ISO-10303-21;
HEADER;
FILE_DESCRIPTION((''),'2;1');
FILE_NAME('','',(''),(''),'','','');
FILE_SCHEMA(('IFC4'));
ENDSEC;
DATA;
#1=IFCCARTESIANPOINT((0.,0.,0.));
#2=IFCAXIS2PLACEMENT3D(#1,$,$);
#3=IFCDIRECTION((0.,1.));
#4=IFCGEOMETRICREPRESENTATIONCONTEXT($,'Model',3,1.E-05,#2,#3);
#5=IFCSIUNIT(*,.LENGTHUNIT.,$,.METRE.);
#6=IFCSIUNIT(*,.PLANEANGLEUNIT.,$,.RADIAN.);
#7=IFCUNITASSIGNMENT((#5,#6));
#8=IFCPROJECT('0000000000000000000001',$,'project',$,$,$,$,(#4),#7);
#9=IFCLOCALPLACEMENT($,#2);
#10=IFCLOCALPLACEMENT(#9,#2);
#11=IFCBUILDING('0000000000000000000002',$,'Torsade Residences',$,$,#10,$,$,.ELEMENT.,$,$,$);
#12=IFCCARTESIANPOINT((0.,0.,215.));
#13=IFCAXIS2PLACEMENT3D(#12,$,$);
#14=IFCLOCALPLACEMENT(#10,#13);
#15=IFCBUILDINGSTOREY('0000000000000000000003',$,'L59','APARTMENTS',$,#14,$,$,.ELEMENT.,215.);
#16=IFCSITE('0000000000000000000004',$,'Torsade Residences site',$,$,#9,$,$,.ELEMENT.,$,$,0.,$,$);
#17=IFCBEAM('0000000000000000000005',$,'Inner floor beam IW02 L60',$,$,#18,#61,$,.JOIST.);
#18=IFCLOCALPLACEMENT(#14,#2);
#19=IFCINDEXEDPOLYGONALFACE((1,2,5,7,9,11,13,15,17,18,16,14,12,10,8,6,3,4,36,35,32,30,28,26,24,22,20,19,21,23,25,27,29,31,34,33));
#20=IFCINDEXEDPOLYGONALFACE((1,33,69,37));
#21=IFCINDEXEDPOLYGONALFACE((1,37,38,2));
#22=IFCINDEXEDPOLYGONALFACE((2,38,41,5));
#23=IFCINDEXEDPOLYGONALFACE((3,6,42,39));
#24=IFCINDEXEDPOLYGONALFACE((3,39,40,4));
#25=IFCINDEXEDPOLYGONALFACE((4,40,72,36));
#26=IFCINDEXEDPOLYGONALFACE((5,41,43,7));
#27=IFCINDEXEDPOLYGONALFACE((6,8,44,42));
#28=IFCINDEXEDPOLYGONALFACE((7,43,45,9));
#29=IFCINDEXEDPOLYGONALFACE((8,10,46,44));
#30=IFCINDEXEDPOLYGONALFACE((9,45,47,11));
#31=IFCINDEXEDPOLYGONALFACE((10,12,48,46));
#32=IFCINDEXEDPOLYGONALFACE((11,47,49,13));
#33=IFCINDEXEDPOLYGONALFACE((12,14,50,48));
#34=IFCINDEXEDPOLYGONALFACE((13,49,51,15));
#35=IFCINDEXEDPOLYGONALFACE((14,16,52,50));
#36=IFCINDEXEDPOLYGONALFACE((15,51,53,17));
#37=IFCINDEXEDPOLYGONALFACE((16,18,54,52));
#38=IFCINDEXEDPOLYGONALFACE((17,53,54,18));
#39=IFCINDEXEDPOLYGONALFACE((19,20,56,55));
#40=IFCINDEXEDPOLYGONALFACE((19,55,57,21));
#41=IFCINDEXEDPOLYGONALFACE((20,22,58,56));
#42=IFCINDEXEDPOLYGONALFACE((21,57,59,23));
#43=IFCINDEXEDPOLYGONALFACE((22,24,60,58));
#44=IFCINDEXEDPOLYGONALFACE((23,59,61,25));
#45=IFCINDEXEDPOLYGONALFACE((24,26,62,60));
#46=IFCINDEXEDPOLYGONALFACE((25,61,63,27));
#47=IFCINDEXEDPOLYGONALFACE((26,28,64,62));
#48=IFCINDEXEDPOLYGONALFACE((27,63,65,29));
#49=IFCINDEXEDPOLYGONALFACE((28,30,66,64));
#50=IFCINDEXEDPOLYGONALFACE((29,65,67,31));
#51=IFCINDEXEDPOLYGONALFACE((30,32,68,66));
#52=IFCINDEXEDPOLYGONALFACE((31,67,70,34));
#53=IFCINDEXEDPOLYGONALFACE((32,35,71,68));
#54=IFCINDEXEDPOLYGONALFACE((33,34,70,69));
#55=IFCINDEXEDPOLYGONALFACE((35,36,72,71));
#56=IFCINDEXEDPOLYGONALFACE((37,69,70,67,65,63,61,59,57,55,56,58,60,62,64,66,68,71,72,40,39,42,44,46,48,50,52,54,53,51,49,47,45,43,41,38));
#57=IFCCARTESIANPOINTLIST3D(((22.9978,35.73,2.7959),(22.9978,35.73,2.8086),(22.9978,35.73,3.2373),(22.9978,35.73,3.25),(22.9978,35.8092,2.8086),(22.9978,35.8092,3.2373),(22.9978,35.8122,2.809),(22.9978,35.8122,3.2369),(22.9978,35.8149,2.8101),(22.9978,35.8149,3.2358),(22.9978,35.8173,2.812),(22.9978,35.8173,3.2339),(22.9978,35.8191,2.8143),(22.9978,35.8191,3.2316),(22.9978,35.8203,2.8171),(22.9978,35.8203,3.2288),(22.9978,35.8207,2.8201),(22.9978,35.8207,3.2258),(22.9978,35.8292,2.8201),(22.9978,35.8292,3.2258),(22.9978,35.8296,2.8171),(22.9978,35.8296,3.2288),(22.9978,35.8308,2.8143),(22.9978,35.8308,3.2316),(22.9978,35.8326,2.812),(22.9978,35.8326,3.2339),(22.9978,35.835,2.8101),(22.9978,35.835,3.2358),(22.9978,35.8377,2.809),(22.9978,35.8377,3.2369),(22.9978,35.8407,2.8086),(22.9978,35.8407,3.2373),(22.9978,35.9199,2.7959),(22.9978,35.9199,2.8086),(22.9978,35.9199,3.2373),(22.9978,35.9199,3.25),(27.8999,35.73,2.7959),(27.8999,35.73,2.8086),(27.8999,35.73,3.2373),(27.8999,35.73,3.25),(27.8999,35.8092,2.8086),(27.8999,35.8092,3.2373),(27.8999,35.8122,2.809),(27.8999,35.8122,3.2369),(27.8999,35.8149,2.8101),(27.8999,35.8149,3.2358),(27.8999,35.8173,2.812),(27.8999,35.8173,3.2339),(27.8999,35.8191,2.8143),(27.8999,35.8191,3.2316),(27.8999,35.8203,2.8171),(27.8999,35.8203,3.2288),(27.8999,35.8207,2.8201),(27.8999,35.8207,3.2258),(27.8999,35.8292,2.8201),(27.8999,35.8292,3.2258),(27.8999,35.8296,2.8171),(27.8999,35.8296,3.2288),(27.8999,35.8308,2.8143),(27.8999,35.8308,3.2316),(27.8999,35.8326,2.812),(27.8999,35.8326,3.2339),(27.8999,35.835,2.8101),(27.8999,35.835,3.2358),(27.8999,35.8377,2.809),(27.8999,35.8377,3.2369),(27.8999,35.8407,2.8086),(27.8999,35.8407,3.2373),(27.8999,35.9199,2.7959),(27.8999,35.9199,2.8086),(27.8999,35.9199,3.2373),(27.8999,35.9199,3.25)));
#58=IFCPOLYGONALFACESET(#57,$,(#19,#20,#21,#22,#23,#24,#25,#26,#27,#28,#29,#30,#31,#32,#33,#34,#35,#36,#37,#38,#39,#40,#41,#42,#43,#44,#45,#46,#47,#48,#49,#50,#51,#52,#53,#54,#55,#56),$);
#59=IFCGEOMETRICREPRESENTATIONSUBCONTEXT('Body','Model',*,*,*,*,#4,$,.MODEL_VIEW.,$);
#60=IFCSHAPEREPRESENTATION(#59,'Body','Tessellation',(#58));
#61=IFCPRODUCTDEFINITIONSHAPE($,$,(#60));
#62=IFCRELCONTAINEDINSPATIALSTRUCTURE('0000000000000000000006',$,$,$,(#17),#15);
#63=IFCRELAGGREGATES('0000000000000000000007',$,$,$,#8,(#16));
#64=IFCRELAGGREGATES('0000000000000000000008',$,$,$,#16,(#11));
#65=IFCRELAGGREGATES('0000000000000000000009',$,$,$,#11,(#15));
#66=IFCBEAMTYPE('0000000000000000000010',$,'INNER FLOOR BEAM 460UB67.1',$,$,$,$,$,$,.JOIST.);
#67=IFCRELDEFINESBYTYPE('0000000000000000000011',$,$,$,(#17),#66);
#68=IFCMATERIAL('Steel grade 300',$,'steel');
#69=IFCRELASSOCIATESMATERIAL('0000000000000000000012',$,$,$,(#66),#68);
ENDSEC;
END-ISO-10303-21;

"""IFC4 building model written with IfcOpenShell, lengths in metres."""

from ifc_helpers import new_model, si_unit, direction, frame, origin, origin_2d, place, context, subcontext, project, spatial, i_section, extrude, material, material_profile, profile_set, type_object, element, save


model = new_model("IFC4")

# Units and contexts
model_context = context("Model", 3, precision=1e-05, world=origin(), true_north=direction((0.0, 1.0)))
body_context = subcontext(model_context, "Body", "Model", "MODEL_VIEW")
ifc_project = project(units=[si_unit("LENGTHUNIT", "METRE"), si_unit("PLANEANGLEUNIT", "RADIAN")], contexts=[model_context])

# Site, building, storey
site_placement = place(None, origin())
site = spatial("IfcSite", under=ifc_project, at=site_placement, Name="Torsade Residences site", CompositionType="ELEMENT", RefElevation=0.0)
building_placement = place(site_placement, origin())
building = spatial("IfcBuilding", under=site, at=building_placement, Name="Torsade Residences", CompositionType="ELEMENT")
storey_placement = place(building_placement, frame((0.0, 0.0, 215.0)))
storey = spatial("IfcBuildingStorey", under=building, at=storey_placement, Name="L59", Description="APARTMENTS", CompositionType="ELEMENT", Elevation=215.0)

# Beam
ifc_material_1 = material(Name="Steel grade 300", Category="steel")
ifc_material_profile = material_profile(ifc_material_1, i_section(OverallWidth=0.1899, OverallDepth=0.4541, WebThickness=0.0085, FlangeThickness=0.0127, FilletRadius=0.0115, at=origin_2d()), Name="460UB67.1")
ifc_profile_set = profile_set([ifc_material_profile], Name="Steel grade 300")
beam_type = type_object("IfcBeamType", Name="INNER FLOOR BEAM 460UB67.1", PredefinedType="JOIST", material=ifc_profile_set)
beam_placement = place(storey_placement, frame((27.8999, 35.825, 3.0229), z_axis=(-1.0, 0.0, 0.0), x_axis=(0.0, -1.0, 0.0)))
element("IfcBeam", 1, at=beam_placement, inside=storey, type_object=beam_type, Name="Inner floor beam IW02 L60", PredefinedType="JOIST", context=body_context, shape_type="SweptSolid", body=[
    extrude(i_section(OverallWidth=0.1899, OverallDepth=0.4541, WebThickness=0.0085, FlangeThickness=0.0127, FilletRadius=0.0115, at=origin_2d()), origin(), (0.0, 0.0, 1.0), 4.9021),
])

save(model, "model.ifc")
